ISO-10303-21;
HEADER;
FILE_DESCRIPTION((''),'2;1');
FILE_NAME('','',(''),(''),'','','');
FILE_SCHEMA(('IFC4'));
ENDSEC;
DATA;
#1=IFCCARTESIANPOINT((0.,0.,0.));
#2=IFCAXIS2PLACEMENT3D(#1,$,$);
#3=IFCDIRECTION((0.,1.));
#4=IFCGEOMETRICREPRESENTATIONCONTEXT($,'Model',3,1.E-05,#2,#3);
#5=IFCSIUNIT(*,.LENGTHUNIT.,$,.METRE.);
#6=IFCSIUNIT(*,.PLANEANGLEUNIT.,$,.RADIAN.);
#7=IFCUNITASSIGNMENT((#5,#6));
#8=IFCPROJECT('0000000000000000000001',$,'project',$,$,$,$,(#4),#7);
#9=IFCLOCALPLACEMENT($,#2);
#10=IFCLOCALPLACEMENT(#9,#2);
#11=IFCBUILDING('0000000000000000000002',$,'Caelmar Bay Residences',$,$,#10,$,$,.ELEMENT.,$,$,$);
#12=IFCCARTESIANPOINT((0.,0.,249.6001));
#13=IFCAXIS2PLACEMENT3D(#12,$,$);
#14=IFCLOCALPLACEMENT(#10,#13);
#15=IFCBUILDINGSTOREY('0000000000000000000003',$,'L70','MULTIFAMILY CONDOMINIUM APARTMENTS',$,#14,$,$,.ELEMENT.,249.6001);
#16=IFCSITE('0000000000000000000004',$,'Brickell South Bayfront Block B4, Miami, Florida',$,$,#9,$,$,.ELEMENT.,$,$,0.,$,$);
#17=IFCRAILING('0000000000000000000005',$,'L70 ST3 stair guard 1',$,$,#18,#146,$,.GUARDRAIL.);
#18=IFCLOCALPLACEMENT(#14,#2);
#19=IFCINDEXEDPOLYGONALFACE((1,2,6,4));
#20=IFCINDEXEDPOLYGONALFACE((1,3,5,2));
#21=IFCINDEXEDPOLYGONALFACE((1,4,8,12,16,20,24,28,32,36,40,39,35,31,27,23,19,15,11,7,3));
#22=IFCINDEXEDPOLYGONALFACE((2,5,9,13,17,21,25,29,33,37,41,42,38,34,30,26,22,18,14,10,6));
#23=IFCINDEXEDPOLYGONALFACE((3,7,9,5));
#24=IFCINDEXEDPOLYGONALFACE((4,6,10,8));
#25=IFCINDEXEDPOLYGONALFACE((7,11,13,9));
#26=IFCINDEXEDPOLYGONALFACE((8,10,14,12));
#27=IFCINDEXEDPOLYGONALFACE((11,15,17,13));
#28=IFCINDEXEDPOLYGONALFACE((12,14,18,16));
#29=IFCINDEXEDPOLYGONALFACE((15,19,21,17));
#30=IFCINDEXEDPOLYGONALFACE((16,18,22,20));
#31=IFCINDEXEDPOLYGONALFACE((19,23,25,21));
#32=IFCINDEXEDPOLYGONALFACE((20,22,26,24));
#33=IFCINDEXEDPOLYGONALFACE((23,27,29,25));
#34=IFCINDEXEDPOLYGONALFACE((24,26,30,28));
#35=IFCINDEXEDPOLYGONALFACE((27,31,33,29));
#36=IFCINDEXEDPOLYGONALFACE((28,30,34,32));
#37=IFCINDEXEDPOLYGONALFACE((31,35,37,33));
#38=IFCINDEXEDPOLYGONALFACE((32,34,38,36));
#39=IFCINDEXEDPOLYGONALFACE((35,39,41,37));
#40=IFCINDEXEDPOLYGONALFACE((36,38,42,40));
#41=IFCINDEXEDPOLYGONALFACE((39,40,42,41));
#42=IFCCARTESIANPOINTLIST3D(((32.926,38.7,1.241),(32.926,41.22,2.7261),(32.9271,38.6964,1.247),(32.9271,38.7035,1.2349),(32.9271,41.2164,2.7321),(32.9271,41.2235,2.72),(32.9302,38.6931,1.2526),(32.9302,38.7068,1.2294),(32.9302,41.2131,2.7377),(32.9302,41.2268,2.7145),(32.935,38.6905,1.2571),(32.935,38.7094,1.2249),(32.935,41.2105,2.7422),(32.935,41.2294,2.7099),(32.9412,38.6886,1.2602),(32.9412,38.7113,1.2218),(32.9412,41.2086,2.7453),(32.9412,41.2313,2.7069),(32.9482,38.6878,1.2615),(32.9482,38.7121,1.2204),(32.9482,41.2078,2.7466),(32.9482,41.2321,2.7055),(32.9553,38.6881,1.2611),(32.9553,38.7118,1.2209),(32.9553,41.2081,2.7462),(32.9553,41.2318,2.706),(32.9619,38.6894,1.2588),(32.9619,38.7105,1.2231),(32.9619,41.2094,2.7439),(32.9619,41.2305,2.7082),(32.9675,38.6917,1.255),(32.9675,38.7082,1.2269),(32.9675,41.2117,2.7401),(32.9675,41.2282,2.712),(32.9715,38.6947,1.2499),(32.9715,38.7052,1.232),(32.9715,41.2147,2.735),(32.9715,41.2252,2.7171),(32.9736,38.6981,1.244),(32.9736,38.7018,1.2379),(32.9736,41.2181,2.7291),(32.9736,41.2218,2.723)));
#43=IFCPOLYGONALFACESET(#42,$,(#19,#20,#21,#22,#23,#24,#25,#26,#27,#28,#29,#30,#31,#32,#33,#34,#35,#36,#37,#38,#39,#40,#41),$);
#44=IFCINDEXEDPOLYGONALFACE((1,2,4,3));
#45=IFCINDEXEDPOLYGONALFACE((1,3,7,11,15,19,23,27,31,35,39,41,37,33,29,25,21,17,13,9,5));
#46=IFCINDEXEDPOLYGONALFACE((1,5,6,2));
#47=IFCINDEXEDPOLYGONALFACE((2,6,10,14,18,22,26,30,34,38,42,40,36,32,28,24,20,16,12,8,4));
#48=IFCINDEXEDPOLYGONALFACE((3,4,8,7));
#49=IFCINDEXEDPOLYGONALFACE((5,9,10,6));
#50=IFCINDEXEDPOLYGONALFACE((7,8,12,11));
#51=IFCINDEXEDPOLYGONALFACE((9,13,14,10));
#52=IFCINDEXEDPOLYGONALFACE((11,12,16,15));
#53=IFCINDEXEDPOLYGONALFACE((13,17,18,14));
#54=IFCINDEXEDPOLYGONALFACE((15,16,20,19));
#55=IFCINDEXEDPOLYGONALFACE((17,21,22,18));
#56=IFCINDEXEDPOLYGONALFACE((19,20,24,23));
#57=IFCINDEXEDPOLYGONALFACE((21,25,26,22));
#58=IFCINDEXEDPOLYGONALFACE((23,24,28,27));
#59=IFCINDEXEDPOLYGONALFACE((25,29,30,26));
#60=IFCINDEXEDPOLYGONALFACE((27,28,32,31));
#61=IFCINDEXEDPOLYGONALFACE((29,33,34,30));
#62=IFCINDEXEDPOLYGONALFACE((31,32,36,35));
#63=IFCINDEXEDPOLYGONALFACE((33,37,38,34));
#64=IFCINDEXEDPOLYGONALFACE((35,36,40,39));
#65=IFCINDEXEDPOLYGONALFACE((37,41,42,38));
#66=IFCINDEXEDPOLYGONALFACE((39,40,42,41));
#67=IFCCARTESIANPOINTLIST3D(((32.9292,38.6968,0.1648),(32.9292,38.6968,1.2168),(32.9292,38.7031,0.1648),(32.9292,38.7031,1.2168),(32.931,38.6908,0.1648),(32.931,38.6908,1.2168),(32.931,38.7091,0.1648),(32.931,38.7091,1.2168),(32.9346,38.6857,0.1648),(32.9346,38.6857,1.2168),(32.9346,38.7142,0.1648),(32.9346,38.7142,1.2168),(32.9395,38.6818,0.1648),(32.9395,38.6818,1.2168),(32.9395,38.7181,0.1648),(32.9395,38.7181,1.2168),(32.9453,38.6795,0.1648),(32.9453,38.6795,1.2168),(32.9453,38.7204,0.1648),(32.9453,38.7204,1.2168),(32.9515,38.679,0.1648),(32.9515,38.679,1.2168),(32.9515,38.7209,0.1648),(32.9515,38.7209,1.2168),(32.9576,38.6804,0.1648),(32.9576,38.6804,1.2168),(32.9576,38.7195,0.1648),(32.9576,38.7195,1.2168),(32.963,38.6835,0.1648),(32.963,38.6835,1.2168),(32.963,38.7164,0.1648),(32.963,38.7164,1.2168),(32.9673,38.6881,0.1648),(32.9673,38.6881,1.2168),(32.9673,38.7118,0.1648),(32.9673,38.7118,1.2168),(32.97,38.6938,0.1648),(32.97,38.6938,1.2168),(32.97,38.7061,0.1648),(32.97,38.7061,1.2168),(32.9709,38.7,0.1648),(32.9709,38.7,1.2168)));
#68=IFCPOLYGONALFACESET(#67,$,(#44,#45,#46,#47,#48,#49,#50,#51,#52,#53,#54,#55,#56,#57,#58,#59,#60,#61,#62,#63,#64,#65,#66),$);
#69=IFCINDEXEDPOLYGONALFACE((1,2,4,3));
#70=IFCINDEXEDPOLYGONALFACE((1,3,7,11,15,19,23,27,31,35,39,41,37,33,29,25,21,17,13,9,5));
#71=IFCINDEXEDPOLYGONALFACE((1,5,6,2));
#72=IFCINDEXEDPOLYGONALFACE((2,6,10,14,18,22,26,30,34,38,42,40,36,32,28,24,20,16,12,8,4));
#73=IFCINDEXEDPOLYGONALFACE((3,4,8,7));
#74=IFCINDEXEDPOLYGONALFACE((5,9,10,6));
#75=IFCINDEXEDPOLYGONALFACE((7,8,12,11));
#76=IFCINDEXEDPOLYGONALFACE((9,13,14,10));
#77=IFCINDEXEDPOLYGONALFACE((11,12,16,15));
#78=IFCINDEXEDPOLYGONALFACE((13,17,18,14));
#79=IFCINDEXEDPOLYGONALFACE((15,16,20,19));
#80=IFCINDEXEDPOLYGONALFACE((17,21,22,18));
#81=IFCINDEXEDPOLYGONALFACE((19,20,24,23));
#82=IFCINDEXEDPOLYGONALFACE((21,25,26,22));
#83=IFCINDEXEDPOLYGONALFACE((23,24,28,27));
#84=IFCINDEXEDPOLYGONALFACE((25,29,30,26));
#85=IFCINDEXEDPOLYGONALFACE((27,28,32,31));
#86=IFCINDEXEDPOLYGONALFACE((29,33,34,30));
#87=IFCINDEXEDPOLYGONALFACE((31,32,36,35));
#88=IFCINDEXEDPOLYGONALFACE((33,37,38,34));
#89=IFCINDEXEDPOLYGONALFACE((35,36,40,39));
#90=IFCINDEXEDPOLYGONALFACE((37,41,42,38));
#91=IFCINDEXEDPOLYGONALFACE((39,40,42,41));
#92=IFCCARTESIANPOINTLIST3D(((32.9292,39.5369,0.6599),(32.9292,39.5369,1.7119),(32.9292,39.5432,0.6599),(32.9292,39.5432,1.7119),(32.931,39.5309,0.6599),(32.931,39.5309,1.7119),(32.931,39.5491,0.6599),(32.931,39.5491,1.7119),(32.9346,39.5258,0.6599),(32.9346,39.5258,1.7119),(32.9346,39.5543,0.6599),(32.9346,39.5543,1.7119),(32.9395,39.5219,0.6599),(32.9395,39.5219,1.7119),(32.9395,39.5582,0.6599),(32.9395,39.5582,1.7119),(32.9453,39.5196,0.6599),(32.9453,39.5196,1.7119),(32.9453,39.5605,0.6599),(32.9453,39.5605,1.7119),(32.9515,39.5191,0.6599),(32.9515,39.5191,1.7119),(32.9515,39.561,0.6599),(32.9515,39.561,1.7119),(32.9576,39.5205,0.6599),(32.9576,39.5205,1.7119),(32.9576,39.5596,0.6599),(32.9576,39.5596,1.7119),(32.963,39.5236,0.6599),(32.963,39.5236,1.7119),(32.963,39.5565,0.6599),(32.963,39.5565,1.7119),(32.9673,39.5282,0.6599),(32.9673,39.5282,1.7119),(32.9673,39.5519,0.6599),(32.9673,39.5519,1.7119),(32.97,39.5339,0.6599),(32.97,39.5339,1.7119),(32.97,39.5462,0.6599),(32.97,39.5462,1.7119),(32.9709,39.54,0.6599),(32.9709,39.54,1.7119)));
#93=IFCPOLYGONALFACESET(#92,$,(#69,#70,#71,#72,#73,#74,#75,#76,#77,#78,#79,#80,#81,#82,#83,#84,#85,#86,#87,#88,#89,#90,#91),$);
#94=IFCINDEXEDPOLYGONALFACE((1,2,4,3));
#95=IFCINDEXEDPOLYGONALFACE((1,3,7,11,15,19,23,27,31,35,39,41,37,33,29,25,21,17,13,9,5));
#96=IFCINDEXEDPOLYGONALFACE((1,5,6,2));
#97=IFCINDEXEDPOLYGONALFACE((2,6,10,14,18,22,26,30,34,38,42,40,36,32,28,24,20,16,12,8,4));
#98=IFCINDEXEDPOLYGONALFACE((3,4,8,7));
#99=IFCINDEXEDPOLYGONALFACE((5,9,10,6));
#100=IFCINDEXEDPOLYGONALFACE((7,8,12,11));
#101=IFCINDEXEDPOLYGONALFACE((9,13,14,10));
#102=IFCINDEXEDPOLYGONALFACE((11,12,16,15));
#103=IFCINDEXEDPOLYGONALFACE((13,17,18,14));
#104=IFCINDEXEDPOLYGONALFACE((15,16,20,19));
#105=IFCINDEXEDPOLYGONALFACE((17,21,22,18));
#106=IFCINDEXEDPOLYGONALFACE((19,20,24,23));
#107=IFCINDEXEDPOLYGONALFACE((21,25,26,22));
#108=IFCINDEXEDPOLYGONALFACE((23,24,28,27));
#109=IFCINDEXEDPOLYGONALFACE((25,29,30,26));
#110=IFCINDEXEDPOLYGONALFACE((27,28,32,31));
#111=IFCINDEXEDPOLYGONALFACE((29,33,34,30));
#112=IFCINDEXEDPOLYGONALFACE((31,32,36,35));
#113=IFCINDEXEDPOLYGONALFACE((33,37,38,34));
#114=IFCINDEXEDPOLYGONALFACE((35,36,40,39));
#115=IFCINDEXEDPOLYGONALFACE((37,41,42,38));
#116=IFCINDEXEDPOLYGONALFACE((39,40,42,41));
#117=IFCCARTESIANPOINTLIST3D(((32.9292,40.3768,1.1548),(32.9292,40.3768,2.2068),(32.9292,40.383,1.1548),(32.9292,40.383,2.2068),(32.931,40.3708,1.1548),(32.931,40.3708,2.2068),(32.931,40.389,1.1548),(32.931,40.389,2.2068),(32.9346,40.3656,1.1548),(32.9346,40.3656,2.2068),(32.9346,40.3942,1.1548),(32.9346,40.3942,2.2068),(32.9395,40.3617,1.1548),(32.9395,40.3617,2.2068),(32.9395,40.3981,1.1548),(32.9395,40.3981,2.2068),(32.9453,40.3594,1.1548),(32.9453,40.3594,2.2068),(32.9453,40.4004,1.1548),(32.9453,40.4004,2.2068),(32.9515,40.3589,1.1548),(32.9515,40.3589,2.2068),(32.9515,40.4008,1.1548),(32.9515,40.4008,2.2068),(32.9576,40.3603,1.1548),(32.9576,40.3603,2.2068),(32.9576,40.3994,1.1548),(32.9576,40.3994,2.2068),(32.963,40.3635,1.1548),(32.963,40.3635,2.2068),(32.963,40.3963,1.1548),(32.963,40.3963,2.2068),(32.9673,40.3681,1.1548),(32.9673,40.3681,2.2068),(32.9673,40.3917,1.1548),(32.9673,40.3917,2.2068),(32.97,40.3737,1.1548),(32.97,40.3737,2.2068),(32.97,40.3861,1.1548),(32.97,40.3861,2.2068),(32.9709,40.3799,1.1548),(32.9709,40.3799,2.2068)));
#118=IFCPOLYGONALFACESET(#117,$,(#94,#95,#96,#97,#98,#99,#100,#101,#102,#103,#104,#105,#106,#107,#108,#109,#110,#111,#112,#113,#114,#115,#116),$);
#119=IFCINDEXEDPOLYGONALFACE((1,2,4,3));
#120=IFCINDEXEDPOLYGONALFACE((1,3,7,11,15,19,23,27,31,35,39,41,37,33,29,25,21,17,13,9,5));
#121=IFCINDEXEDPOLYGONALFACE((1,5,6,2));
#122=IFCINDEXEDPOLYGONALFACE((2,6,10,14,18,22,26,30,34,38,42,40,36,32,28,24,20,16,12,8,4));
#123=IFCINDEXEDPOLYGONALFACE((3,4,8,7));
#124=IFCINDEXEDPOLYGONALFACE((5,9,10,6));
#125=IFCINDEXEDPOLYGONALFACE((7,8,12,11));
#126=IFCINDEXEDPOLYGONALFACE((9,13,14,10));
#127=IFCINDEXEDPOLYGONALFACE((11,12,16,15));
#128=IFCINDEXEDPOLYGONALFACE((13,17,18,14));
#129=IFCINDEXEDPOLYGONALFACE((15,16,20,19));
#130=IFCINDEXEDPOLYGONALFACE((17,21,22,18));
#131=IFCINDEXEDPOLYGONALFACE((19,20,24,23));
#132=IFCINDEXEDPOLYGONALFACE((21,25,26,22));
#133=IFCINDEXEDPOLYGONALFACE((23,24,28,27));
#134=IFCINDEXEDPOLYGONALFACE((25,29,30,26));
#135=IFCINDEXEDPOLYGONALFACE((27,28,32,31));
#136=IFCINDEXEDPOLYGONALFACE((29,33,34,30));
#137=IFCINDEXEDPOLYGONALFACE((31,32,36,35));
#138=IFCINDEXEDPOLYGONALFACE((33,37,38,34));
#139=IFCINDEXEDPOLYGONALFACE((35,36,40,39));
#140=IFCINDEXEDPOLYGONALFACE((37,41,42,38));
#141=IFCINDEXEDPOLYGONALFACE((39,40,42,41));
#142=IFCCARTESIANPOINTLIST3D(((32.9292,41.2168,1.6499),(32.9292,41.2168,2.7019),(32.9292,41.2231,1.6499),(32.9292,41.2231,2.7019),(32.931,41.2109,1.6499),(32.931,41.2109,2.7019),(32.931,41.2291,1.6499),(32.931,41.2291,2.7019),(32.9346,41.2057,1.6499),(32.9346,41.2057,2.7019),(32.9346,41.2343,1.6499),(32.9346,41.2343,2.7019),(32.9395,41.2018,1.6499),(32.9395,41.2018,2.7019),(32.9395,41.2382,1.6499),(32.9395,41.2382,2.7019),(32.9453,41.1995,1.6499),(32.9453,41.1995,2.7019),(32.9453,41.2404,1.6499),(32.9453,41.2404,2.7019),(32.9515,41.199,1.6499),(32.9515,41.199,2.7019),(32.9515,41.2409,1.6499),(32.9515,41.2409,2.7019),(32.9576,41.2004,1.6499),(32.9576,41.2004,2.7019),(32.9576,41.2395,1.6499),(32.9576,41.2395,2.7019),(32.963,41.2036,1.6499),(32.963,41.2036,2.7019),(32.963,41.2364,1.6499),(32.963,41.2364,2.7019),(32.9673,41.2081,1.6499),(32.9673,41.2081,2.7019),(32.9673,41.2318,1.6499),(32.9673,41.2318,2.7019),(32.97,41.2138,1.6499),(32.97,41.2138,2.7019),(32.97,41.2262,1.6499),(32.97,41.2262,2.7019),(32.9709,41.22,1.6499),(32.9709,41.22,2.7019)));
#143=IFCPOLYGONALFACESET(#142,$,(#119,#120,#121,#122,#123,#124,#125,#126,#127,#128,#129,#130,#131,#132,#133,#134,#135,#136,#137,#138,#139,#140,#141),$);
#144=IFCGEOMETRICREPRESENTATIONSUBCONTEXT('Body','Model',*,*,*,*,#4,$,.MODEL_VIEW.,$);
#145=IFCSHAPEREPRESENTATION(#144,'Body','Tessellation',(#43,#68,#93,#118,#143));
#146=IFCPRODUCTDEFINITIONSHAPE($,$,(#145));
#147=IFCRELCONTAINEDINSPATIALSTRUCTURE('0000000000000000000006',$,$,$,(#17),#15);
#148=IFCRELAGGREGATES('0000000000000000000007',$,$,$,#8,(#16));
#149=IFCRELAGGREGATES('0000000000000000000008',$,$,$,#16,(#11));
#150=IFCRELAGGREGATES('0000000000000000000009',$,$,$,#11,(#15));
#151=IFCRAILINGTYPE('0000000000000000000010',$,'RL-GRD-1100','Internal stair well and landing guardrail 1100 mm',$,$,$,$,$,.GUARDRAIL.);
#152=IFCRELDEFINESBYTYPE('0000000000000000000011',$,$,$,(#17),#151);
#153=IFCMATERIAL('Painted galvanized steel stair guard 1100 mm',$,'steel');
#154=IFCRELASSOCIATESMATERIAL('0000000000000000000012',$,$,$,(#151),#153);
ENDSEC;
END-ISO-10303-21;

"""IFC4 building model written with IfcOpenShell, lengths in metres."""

from ifc_helpers import new_model, si_unit, direction, frame, origin, origin_2d, place, context, subcontext, project, spatial, circle, extrude, material, type_object, element, save


model = new_model("IFC4")

# Units and contexts
model_context = context("Model", 3, precision=1e-05, world=origin(), true_north=direction((0.0, 1.0)))
body_context = subcontext(model_context, "Body", "Model", "MODEL_VIEW")
ifc_project = project(units=[si_unit("LENGTHUNIT", "METRE"), si_unit("PLANEANGLEUNIT", "RADIAN")], contexts=[model_context])

# Site, building, storey
site_placement = place(None, origin())
site = spatial("IfcSite", under=ifc_project, at=site_placement, Name="Brickell South Bayfront Block B4, Miami, Florida", CompositionType="ELEMENT", RefElevation=0.0)
building_placement = place(site_placement, origin())
building = spatial("IfcBuilding", under=site, at=building_placement, Name="Caelmar Bay Residences", CompositionType="ELEMENT")
storey_placement = place(building_placement, frame((0.0, 0.0, 249.6001)))
storey = spatial("IfcBuildingStorey", under=building, at=storey_placement, Name="L70", Description="MULTIFAMILY CONDOMINIUM APARTMENTS", CompositionType="ELEMENT", Elevation=249.6001)

# Railing
ifc_material_1 = material(Name="Painted galvanized steel stair guard 1100 mm", Category="steel")
railing_type_1 = type_object("IfcRailingType", Name="RL-GRD-1100", Description="Internal stair well and landing guardrail 1100 mm", PredefinedType="GUARDRAIL", material=ifc_material_1)
railing_1_placement = place(storey_placement, frame((32.95, 38.7, 0.1648)))
element("IfcRailing", 1, at=railing_1_placement, inside=storey, type_object=railing_type_1, Name="L70 ST3 stair guard 1", PredefinedType="GUARDRAIL", context=body_context, shape_type="SweptSolid", body=[
    extrude(circle(Radius=0.0239, at=origin_2d()), frame((0.0, 0.0, 1.0762), z_axis=(0.0, 0.861524, 0.507717), x_axis=(-1.0, 0.0, 0.0)), (0.0, 0.0, 1.0), 2.925),
    extrude(circle(Radius=0.021, at=origin_2d()), origin(), (0.0, 0.0, 1.0), 1.052),
    extrude(circle(Radius=0.021, at=origin_2d()), frame((0.0, 0.8401, 0.4951)), (0.0, 0.0, 1.0), 1.052),
    extrude(circle(Radius=0.021, at=origin_2d()), frame((0.0, 1.6799, 0.99)), (0.0, 0.0, 1.0), 1.052),
    extrude(circle(Radius=0.021, at=origin_2d()), frame((0.0, 2.52, 1.4851)), (0.0, 0.0, 1.0), 1.052),
])

save(model, "model.ifc")
